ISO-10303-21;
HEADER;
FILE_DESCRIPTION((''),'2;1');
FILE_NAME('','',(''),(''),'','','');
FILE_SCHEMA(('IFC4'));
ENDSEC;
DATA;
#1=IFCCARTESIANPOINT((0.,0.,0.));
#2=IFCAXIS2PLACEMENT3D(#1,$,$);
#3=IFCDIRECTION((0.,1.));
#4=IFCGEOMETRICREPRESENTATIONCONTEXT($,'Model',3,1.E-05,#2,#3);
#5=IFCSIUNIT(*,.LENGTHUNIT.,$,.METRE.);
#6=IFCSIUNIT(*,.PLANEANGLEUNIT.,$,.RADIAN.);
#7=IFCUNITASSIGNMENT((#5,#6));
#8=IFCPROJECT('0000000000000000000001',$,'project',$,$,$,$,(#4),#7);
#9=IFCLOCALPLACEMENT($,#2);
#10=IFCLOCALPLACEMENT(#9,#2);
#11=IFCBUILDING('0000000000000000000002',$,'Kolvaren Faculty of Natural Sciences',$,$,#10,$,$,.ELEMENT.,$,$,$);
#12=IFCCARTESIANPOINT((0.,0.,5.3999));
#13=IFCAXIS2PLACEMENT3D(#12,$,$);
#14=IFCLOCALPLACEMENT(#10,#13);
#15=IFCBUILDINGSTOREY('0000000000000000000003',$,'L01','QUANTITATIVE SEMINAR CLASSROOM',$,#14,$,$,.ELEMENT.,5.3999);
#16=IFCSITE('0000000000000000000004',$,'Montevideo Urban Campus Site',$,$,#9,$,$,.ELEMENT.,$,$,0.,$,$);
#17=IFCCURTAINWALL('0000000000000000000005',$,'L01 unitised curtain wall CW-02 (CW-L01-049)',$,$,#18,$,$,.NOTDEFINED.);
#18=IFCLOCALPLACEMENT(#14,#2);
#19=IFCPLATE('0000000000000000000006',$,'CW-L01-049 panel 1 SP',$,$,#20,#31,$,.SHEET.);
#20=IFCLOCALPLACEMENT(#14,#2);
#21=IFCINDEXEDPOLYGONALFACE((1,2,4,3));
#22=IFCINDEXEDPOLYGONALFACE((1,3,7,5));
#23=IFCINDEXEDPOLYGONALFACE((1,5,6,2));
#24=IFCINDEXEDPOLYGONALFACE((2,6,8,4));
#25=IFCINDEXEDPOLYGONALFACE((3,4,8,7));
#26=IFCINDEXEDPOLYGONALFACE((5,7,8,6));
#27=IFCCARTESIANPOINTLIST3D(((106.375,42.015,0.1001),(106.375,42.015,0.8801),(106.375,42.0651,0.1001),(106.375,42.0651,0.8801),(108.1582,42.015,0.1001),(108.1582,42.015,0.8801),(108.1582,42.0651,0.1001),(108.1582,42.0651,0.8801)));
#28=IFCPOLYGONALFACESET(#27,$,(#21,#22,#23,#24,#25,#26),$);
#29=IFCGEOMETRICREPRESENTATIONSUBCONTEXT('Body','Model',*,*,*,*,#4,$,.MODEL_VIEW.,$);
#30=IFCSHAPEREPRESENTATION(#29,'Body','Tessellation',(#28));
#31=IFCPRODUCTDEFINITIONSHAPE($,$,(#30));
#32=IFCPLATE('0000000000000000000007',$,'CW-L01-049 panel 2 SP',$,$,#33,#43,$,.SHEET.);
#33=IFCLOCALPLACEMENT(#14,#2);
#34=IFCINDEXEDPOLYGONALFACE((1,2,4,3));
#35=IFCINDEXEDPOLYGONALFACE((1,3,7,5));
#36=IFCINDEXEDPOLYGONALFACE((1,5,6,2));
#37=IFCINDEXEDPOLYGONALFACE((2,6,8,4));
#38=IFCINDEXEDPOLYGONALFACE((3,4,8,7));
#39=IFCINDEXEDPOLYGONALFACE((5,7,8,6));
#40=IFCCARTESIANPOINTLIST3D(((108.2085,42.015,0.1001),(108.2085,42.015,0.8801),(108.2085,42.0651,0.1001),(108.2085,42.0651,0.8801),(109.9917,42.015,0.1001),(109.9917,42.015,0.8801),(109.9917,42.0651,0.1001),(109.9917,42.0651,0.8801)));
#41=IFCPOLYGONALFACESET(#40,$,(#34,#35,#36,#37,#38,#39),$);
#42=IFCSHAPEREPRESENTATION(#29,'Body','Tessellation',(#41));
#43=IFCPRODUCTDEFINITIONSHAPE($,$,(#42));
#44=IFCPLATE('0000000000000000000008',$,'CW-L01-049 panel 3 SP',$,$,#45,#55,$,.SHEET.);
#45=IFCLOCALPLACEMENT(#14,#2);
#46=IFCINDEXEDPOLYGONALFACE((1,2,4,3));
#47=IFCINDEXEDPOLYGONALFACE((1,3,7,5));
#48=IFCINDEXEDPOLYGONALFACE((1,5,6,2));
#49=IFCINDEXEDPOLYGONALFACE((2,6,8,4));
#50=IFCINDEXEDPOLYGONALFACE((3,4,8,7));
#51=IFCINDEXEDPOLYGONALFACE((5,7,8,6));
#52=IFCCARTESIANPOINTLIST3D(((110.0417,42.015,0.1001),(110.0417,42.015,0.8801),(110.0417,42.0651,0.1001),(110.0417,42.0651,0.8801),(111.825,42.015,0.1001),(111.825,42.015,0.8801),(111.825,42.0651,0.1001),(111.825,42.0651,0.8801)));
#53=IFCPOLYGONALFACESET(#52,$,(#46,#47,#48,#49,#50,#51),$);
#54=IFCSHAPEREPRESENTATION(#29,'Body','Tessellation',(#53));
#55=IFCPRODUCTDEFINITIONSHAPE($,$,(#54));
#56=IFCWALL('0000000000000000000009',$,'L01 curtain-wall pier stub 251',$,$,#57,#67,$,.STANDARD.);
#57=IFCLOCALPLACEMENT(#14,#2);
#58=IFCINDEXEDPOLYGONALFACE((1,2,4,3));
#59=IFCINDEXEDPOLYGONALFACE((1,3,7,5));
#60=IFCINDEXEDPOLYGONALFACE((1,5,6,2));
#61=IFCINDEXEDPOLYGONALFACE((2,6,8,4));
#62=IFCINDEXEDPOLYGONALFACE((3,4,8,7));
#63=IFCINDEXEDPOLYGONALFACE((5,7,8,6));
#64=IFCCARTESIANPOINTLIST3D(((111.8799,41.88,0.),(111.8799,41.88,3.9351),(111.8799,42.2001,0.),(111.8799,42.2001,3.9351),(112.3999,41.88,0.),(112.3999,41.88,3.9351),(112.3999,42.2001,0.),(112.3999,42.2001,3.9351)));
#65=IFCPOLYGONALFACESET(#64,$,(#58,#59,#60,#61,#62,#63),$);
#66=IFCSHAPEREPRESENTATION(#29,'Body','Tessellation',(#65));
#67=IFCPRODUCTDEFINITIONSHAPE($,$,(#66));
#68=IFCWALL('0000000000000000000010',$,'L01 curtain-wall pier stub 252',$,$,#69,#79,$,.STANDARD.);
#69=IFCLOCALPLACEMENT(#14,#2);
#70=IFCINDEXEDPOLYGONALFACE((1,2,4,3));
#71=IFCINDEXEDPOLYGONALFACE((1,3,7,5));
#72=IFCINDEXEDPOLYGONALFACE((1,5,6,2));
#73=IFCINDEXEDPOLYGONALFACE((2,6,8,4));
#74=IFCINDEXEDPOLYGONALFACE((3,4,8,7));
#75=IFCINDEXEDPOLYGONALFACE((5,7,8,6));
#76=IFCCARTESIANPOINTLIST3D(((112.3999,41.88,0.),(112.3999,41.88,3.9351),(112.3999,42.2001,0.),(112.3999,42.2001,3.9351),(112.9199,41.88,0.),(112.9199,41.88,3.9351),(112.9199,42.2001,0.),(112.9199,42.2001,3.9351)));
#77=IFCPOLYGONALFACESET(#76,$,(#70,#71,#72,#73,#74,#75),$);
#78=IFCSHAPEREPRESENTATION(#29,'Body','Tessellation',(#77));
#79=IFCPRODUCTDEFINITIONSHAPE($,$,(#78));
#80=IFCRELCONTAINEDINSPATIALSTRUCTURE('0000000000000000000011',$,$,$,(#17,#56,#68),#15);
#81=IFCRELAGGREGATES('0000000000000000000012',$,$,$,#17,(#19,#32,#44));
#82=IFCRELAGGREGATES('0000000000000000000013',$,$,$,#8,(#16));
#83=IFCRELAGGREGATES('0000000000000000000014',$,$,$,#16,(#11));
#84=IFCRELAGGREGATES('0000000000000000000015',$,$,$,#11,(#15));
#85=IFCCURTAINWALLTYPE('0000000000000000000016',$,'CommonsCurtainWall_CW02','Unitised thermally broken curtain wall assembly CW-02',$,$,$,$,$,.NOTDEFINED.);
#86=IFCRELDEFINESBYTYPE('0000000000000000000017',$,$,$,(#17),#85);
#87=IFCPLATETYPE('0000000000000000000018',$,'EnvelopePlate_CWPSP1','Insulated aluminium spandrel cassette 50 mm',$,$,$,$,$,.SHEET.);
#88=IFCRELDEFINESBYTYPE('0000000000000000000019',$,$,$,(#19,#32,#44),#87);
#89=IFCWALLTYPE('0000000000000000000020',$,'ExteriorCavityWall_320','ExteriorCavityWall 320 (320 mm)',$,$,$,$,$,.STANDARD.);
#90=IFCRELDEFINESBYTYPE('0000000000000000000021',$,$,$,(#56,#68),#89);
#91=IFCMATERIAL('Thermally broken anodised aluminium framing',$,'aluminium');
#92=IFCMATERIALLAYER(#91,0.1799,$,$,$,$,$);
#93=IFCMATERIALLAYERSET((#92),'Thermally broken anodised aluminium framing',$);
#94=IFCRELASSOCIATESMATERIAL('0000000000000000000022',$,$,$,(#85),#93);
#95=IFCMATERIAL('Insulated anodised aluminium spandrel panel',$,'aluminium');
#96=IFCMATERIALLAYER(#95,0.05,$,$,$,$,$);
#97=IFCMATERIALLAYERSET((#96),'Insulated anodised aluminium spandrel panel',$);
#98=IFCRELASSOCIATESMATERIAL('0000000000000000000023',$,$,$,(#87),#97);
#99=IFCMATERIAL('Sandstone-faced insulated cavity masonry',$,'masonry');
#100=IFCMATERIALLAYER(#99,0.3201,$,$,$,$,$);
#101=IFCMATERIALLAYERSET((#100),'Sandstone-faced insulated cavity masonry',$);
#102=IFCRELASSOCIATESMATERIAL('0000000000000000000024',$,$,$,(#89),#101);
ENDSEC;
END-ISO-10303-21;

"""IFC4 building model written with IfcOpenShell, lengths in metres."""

from ifc_helpers import new_model, si_unit, direction, frame, frame_2d, origin, origin_2d, place, context, subcontext, project, spatial, rectangle, extrude, material, layer, layer_set, type_object, element, aggregate, save


model = new_model("IFC4")

# Units and contexts
model_context = context("Model", 3, precision=1e-05, world=origin(), true_north=direction((0.0, 1.0)))
body_context = subcontext(model_context, "Body", "Model", "MODEL_VIEW")
ifc_project = project(units=[si_unit("LENGTHUNIT", "METRE"), si_unit("PLANEANGLEUNIT", "RADIAN")], contexts=[model_context])

# Site, building, storey
site_placement = place(None, origin())
site = spatial("IfcSite", under=ifc_project, at=site_placement, Name="Montevideo Urban Campus Site", CompositionType="ELEMENT", RefElevation=0.0)
building_placement = place(site_placement, origin())
building = spatial("IfcBuilding", under=site, at=building_placement, Name="Kolvaren Faculty of Natural Sciences", CompositionType="ELEMENT")
storey_placement = place(building_placement, frame((0.0, 0.0, 5.3999)))
storey = spatial("IfcBuildingStorey", under=building, at=storey_placement, Name="L01", Description="QUANTITATIVE SEMINAR CLASSROOM", CompositionType="ELEMENT", Elevation=5.3999)

# Curtain wall
ifc_material_1 = material(Name="Thermally broken anodised aluminium framing", Category="aluminium")
ifc_layer_1 = layer(ifc_material_1, 0.1799)
ifc_layer_set_1 = layer_set([ifc_layer_1], Name="Thermally broken anodised aluminium framing")
curtain_wall_type = type_object("IfcCurtainWallType", Name="CommonsCurtainWall_CW02", Description="Unitised thermally broken curtain wall assembly CW-02", PredefinedType="NOTDEFINED", material=ifc_layer_set_1)
curtain_wall_1_placement = place(storey_placement, origin())
curtain_wall_1 = element("IfcCurtainWall", 1, at=curtain_wall_1_placement, inside=storey, type_object=curtain_wall_type, Name="L01 unitised curtain wall CW-02 (CW-L01-049)", PredefinedType="NOTDEFINED")

# Plates
ifc_material_2 = material(Name="Insulated anodised aluminium spandrel panel", Category="aluminium")
ifc_layer_2 = layer(ifc_material_2, 0.05)
ifc_layer_set_2 = layer_set([ifc_layer_2], Name="Insulated anodised aluminium spandrel panel")
plate_type_1 = type_object("IfcPlateType", Name="EnvelopePlate_CWPSP1", Description="Insulated aluminium spandrel cassette 50 mm", PredefinedType="SHEET", material=ifc_layer_set_2)
plate_1_placement = place(storey_placement, frame((107.2666, 42.04, 0.1001), z_axis=(0.0, 0.0, 1.0), x_axis=(1.0, 0.0, 0.0)))
plate_1 = element("IfcPlate", 2, at=plate_1_placement, type_object=plate_type_1, Name="CW-L01-049 panel 1 SP", PredefinedType="SHEET", context=body_context, shape_type="SweptSolid", body=[
    extrude(rectangle(XDim=1.7832, YDim=0.05, at=origin_2d()), origin(), (0.0, 0.0, 1.0), 0.78),
])
plate_2_placement = place(storey_placement, frame((109.1001, 42.04, 0.1001), z_axis=(0.0, 0.0, 1.0), x_axis=(1.0, 0.0, 0.0)))
plate_2 = element("IfcPlate", 3, at=plate_2_placement, type_object=plate_type_1, Name="CW-L01-049 panel 2 SP", PredefinedType="SHEET", context=body_context, shape_type="SweptSolid", body=[
    extrude(rectangle(XDim=1.7832, YDim=0.05, at=origin_2d()), origin(), (0.0, 0.0, 1.0), 0.78),
])
plate_3_placement = place(storey_placement, frame((110.9333, 42.04, 0.1001), z_axis=(0.0, 0.0, 1.0), x_axis=(1.0, 0.0, 0.0)))
plate_3 = element("IfcPlate", 4, at=plate_3_placement, type_object=plate_type_1, Name="CW-L01-049 panel 3 SP", PredefinedType="SHEET", context=body_context, shape_type="SweptSolid", body=[
    extrude(rectangle(XDim=1.7832, YDim=0.05, at=origin_2d()), origin(), (0.0, 0.0, 1.0), 0.78),
])
aggregate(curtain_wall_1, [plate_1, plate_2, plate_3])

# Walls
ifc_material_3 = material(Name="Sandstone-faced insulated cavity masonry", Category="masonry")
ifc_layer_3 = layer(ifc_material_3, 0.3201)
ifc_layer_set_3 = layer_set([ifc_layer_3], Name="Sandstone-faced insulated cavity masonry")
wall_type = type_object("IfcWallType", Name="ExteriorCavityWall_320", Description="ExteriorCavityWall 320 (320 mm)", PredefinedType="STANDARD", material=ifc_layer_set_3)
for number, where, z_axis, x_axis, name in (
    (5, (111.8799, 42.04, 0.0), (0.0, 0.0, 1.0), (1.0, 0.0, 0.0), "L01 curtain-wall pier stub 251"),
    (6, (112.3999, 42.04, 0.0), (0.0, 0.0, 1.0), (1.0, 0.0, 0.0), "L01 curtain-wall pier stub 252"),
):
    element("IfcWall", number, at=place(storey_placement, frame(where, z_axis=z_axis, x_axis=x_axis)), inside=storey, type_object=wall_type, Name=name, PredefinedType="STANDARD", context=body_context, shape_type="SweptSolid", body=[
        extrude(rectangle(XDim=0.52, YDim=0.3201, at=frame_2d((0.26, 0.0))), origin(), (0.0, 0.0, 1.0), 3.9351),
    ])

save(model, "model.ifc")
